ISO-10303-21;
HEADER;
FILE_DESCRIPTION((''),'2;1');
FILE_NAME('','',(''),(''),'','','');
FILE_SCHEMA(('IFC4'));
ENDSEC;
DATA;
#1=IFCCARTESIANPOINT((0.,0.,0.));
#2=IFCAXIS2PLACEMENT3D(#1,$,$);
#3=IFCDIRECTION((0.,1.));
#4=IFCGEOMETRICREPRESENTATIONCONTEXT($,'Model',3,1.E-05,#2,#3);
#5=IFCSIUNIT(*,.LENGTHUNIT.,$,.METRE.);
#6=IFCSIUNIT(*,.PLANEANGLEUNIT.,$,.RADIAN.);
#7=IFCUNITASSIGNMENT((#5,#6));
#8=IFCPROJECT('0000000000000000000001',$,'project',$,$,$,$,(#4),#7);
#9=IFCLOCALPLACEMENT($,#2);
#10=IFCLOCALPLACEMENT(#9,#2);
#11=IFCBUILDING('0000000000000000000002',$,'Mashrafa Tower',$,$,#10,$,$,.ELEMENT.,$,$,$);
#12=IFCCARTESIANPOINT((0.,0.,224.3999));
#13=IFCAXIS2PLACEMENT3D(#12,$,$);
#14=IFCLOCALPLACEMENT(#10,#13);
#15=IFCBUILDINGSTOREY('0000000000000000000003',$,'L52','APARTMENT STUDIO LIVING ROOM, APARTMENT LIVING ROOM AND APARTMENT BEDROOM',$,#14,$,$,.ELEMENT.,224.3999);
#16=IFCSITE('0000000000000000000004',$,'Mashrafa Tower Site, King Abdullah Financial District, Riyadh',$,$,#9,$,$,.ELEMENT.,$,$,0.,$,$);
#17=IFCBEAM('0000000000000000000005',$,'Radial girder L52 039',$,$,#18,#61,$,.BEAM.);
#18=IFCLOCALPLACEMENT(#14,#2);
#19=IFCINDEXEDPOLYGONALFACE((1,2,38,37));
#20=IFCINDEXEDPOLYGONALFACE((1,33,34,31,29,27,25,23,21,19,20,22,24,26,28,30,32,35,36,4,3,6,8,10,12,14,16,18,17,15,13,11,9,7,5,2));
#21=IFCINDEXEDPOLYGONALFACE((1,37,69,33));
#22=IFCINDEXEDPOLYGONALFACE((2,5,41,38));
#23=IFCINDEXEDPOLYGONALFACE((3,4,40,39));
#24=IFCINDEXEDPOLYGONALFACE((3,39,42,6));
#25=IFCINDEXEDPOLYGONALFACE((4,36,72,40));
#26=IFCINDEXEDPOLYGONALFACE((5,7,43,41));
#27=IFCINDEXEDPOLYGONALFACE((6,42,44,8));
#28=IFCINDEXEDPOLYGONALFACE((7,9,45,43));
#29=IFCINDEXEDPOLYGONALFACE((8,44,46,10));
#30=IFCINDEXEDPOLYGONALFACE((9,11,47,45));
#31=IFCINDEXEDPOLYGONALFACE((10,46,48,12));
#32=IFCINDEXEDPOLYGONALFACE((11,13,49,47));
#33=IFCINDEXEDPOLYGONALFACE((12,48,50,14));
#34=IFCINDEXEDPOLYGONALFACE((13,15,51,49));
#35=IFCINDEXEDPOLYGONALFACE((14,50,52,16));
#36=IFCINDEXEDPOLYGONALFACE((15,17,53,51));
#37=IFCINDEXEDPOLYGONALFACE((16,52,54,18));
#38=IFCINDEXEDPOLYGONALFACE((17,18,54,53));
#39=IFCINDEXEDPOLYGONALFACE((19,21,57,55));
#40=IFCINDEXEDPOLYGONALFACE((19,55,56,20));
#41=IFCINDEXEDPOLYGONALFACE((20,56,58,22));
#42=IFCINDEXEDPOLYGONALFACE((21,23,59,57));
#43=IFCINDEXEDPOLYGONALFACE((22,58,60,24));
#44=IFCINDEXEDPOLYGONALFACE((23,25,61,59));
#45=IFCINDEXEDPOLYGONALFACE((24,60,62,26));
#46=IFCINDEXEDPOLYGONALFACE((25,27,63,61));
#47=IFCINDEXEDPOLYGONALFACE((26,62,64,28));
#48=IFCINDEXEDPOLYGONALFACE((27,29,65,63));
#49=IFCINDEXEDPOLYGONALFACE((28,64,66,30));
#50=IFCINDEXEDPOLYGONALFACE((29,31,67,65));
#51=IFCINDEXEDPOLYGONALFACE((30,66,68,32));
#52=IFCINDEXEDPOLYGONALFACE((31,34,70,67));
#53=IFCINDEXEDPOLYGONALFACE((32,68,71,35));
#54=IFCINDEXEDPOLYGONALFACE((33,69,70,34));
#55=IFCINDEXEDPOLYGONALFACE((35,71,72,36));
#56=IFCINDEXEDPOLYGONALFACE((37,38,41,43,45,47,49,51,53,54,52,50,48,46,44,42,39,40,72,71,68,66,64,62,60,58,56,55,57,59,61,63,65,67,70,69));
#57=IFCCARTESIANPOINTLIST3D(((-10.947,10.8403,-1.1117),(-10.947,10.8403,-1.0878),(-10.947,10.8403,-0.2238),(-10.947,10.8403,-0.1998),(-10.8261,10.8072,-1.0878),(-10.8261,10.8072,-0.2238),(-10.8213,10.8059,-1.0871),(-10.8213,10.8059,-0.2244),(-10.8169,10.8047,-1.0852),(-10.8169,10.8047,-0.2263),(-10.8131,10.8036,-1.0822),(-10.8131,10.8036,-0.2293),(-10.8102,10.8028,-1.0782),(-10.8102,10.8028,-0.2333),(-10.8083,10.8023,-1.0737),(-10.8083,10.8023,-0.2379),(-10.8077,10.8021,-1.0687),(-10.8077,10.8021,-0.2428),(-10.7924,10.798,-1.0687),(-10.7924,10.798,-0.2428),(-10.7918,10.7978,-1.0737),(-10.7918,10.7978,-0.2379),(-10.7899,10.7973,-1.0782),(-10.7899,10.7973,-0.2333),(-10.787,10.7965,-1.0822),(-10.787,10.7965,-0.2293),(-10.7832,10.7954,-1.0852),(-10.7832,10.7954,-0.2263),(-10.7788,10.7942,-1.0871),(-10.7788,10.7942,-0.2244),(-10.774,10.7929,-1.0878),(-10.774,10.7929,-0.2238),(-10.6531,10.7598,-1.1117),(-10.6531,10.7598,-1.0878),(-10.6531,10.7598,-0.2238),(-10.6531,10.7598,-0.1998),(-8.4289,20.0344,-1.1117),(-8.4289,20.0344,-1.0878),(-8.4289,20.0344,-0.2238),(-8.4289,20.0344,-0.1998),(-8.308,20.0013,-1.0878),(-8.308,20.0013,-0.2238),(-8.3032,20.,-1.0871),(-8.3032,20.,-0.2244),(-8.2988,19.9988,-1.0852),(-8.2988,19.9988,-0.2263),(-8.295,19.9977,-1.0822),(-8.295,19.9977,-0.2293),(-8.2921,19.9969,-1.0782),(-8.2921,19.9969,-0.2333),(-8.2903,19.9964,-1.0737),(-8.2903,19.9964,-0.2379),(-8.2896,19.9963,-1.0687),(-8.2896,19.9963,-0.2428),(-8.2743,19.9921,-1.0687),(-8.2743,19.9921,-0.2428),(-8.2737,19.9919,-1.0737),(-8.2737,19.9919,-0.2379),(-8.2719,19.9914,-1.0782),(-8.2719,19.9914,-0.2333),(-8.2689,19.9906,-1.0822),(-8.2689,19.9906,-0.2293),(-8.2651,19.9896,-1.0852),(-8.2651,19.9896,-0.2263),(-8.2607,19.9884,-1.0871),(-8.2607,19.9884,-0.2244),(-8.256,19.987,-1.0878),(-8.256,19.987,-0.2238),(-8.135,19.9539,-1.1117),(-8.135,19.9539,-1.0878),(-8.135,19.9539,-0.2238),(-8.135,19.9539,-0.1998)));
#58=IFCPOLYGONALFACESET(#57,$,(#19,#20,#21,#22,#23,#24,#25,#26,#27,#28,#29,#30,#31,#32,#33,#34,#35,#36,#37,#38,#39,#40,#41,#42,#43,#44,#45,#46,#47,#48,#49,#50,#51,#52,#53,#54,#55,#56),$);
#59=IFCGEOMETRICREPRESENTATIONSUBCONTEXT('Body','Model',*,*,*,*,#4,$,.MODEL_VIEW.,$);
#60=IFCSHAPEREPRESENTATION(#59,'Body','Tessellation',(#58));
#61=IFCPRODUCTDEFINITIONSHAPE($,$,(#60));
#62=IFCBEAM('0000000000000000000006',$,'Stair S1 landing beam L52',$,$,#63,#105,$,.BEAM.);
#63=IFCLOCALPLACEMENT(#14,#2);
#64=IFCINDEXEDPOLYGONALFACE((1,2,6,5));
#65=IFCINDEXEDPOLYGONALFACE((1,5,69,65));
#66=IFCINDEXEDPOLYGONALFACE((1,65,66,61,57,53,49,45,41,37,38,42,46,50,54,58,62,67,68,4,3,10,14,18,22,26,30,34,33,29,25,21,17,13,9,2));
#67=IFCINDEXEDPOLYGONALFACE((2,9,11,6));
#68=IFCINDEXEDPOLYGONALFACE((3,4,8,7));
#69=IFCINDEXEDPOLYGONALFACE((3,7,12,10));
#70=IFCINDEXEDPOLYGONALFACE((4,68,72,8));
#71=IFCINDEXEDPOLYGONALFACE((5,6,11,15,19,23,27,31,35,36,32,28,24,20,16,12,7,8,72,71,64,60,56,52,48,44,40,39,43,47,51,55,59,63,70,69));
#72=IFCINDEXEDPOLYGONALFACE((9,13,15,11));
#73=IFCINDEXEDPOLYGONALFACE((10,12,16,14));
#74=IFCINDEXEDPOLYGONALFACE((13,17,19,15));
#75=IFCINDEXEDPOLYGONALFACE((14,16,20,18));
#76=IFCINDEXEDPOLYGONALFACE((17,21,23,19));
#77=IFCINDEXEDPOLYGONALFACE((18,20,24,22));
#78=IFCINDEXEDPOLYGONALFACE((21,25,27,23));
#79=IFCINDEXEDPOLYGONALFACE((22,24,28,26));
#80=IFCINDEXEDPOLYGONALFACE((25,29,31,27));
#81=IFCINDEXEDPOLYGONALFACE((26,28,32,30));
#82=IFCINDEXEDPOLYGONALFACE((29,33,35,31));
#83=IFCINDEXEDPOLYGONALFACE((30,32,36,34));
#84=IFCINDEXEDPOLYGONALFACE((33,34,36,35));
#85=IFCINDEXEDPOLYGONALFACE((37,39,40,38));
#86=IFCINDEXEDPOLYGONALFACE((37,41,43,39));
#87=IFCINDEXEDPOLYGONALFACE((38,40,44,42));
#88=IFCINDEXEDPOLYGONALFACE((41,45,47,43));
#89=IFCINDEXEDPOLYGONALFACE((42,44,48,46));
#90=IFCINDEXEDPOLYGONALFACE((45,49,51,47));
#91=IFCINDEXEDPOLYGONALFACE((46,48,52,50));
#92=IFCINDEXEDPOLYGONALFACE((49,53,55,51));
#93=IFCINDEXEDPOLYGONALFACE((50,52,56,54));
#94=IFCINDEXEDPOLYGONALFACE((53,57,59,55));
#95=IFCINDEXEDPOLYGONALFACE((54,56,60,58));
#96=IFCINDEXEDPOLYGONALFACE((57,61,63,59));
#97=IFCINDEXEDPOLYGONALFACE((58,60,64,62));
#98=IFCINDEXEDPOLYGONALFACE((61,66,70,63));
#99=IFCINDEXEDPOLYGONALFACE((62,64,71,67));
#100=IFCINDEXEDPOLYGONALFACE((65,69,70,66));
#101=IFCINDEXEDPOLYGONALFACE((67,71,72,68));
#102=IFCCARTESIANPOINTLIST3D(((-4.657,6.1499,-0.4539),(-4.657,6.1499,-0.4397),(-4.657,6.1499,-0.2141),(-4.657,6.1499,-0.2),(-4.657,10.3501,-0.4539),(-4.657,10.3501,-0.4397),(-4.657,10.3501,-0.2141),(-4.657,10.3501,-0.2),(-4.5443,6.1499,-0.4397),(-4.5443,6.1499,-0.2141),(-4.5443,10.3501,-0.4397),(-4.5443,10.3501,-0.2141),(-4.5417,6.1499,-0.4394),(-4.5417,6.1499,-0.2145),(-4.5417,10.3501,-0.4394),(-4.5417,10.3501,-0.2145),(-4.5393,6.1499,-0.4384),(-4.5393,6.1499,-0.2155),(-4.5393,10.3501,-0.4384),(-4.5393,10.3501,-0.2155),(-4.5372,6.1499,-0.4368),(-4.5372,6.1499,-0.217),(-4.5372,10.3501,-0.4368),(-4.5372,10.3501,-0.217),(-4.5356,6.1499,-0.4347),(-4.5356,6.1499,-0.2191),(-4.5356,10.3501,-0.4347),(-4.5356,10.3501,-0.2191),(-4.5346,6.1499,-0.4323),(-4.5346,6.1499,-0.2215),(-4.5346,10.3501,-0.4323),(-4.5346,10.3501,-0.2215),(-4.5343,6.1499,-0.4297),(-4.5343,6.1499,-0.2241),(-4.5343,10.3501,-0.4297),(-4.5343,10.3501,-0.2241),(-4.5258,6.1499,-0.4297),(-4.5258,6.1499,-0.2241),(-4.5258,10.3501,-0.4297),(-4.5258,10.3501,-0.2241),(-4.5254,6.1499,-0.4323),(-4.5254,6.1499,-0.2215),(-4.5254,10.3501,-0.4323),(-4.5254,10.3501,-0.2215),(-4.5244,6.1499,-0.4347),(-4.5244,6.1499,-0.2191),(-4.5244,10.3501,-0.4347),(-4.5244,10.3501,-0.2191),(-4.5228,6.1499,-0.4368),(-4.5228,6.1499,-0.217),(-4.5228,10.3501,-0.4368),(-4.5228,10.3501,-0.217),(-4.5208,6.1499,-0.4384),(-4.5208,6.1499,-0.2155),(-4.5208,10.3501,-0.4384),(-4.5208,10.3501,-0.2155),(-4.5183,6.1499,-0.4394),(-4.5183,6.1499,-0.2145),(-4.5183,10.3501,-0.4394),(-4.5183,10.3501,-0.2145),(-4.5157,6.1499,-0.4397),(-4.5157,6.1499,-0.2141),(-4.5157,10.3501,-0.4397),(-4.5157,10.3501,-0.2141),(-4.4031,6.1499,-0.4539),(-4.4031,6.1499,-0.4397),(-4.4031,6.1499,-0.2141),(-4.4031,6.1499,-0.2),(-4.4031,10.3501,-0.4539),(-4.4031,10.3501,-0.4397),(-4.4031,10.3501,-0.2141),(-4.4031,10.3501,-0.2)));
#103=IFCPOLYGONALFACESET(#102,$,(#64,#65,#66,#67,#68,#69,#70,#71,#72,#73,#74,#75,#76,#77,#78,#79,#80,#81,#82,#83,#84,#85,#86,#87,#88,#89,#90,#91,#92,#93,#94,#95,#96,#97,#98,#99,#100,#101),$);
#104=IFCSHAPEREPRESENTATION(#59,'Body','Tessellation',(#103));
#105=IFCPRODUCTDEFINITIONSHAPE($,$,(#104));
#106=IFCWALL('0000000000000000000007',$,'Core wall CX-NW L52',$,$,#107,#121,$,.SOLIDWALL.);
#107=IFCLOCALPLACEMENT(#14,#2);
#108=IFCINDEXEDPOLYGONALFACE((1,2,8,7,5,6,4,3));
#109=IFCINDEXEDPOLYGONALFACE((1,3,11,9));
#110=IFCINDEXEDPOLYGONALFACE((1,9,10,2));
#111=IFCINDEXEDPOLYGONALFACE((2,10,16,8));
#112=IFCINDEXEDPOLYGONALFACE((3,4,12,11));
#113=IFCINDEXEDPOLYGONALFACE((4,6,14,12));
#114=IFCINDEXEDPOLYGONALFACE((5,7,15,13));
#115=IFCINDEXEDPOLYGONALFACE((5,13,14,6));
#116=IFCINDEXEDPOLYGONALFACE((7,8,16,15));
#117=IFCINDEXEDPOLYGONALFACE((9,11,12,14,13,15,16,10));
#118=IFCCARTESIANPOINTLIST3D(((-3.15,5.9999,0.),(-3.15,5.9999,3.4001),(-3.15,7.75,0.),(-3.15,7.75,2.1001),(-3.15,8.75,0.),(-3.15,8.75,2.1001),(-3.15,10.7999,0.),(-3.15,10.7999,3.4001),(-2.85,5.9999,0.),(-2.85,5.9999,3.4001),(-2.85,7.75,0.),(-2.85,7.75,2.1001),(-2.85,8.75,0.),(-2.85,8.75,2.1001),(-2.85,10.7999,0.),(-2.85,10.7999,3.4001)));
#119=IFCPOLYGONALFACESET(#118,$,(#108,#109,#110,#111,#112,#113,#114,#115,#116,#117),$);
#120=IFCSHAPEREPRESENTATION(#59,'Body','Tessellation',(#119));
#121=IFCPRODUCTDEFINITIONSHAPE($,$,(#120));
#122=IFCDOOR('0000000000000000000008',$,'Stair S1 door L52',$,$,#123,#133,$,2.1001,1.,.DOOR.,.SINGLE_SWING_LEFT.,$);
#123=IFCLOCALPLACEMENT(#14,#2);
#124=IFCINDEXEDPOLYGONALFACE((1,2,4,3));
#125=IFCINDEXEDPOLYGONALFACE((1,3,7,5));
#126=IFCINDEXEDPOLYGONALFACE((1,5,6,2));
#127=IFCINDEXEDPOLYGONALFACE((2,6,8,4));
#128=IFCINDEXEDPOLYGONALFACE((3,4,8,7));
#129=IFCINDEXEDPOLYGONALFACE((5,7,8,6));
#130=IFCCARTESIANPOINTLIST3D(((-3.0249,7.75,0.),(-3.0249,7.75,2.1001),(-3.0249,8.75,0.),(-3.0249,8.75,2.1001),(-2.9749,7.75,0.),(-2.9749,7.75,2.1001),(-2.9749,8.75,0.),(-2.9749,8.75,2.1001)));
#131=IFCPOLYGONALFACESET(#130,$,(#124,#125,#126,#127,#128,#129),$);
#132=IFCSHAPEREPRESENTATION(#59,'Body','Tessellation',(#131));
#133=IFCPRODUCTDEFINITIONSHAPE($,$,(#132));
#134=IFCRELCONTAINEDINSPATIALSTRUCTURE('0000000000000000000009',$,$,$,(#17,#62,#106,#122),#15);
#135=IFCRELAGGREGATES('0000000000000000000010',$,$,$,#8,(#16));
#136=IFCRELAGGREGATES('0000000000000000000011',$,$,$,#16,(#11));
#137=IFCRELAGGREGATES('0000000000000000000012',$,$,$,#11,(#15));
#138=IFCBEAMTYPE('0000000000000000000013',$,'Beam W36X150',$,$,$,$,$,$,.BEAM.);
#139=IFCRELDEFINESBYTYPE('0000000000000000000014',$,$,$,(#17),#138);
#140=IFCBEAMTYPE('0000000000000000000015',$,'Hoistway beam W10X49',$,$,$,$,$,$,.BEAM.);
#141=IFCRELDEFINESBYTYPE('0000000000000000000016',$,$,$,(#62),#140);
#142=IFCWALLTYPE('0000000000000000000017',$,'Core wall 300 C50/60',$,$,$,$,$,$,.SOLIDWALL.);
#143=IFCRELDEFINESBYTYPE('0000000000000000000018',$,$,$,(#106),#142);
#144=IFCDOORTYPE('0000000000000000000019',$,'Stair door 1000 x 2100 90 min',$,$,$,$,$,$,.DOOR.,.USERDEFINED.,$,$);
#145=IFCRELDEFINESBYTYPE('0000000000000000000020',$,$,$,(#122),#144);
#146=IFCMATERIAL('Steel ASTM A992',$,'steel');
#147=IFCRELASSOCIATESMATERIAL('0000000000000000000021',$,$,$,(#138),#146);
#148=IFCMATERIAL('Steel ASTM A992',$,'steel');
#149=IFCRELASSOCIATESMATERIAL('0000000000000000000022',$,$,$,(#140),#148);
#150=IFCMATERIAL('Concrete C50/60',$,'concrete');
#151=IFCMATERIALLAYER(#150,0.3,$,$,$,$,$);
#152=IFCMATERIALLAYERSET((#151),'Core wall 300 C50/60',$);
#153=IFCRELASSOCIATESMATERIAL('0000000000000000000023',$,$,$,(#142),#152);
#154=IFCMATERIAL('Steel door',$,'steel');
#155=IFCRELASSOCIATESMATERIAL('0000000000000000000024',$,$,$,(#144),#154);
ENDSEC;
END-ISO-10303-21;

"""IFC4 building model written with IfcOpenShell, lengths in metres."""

from ifc_helpers import new_model, si_unit, direction, frame, frame_2d, origin, origin_2d, place, context, subcontext, project, spatial, rectangle, i_section, extrude, material, layer, layer_set, material_profile, profile_set, type_object, element, fill, save


model = new_model("IFC4")

# Units and contexts
model_context = context("Model", 3, precision=1e-05, world=origin(), true_north=direction((0.0, 1.0)))
body_context = subcontext(model_context, "Body", "Model", "MODEL_VIEW")
ifc_project = project(units=[si_unit("LENGTHUNIT", "METRE"), si_unit("PLANEANGLEUNIT", "RADIAN")], contexts=[model_context])

# Site, building, storey
site_placement = place(None, origin())
site = spatial("IfcSite", under=ifc_project, at=site_placement, Name="Mashrafa Tower Site, King Abdullah Financial District, Riyadh", CompositionType="ELEMENT", RefElevation=0.0)
building_placement = place(site_placement, origin())
building = spatial("IfcBuilding", under=site, at=building_placement, Name="Mashrafa Tower", CompositionType="ELEMENT")
storey_placement = place(building_placement, frame((0.0, 0.0, 224.3999)))
storey = spatial("IfcBuildingStorey", under=building, at=storey_placement, Name="L52", Description="APARTMENT STUDIO LIVING ROOM, APARTMENT LIVING ROOM AND APARTMENT BEDROOM", CompositionType="ELEMENT", Elevation=224.3999)

# Beams
ifc_material_1 = material(Name="Steel ASTM A992", Category="steel")
ifc_material_profile_1 = material_profile(ifc_material_1, i_section(OverallWidth=0.3047, OverallDepth=0.9119, WebThickness=0.0159, FlangeThickness=0.0239, FilletRadius=0.019, at=origin_2d()), Name="W36X150")
ifc_profile_set_1 = profile_set([ifc_material_profile_1], Name="Steel ASTM A992")
beam_type_1 = type_object("IfcBeamType", Name="Beam W36X150", PredefinedType="BEAM", material=ifc_profile_set_1)
for number, where, z_axis, x_axis, name in (
    (1, (-10.8, 10.8, -0.6558), (0.264151, 0.964481, 0.0), (-0.964481, 0.264151, 0.0), "Radial girder L52 039"),
):
    element("IfcBeam", number, at=place(storey_placement, frame(where, z_axis=z_axis, x_axis=x_axis)), inside=storey, type_object=beam_type_1, Name=name, PredefinedType="BEAM", context=body_context, shape_type="SweptSolid", body=[
        extrude(i_section(OverallWidth=0.3047, OverallDepth=0.9119, WebThickness=0.0159, FlangeThickness=0.0239, FilletRadius=0.019, at=origin_2d()), origin(), (0.0, 0.0, 1.0), 9.5327),
    ])
ifc_material_2 = material(Name="Steel ASTM A992", Category="steel")
ifc_material_profile_2 = material_profile(ifc_material_2, i_section(OverallWidth=0.2539, OverallDepth=0.2539, WebThickness=0.0085, FlangeThickness=0.0142, FilletRadius=0.01, at=origin_2d()), Name="W10X49")
ifc_profile_set_2 = profile_set([ifc_material_profile_2], Name="Steel ASTM A992")
beam_type_2 = type_object("IfcBeamType", Name="Hoistway beam W10X49", PredefinedType="BEAM", material=ifc_profile_set_2)
beam_1_placement = place(storey_placement, frame((-4.53, 6.1499, -0.3269), z_axis=(0.0, 1.0, 0.0), x_axis=(-1.0, 0.0, 0.0)))
element("IfcBeam", 2, at=beam_1_placement, inside=storey, type_object=beam_type_2, Name="Stair S1 landing beam L52", PredefinedType="BEAM", context=body_context, shape_type="SweptSolid", body=[
    extrude(i_section(OverallWidth=0.2539, OverallDepth=0.2539, WebThickness=0.0085, FlangeThickness=0.0142, FilletRadius=0.01, at=origin_2d()), origin(), (0.0, 0.0, 1.0), 4.2002),
])

# Wall, opening, door
ifc_material_3 = material(Name="Concrete C50/60", Category="concrete")
ifc_layer_1 = layer(ifc_material_3, 0.3)
ifc_layer_set_1 = layer_set([ifc_layer_1], Name="Core wall 300 C50/60")
wall_type_1 = type_object("IfcWallType", Name="Core wall 300 C50/60", PredefinedType="SOLIDWALL", material=ifc_layer_set_1)
wall_1_placement = place(storey_placement, frame((-3.0, 6.0, 0.0), z_axis=(0.0, 0.0, 1.0), x_axis=(0.0, 1.0, 0.0)))
wall_1 = element("IfcWall", 3, at=wall_1_placement, inside=storey, type_object=wall_type_1, Name="Core wall CX-NW L52", PredefinedType="SOLIDWALL", context=body_context, shape_type="SweptSolid", body=[
    extrude(rectangle(XDim=4.8, YDim=0.3, at=frame_2d((2.3999, 0.0))), origin(), (0.0, 0.0, 1.0), 3.4001),
])
opening_1_placement = place(wall_1_placement, frame((1.75, 0.0, 0.0)))
opening_1 = element("IfcOpeningElement", 4, at=opening_1_placement, cuts=wall_1, PredefinedType="OPENING", context=body_context, shape_type="SweptSolid", body=[
    extrude(rectangle(XDim=1.0, YDim=2.1001, at=frame_2d((0.5, 1.05))), frame((0.0, 0.1599, 0.0), z_axis=(0.0, -1.0, 0.0), x_axis=(1.0, 0.0, 0.0)), (0.0, 0.0, 1.0), 0.3201),
])
ifc_material_4 = material(Name="Steel door", Category="steel")
door_type_1 = type_object("IfcDoorType", Name="Stair door 1000 x 2100 90 min", OperationType="USERDEFINED", PredefinedType="DOOR", material=ifc_material_4)
door_1_placement = place(opening_1_placement, origin())
door_1 = element("IfcDoor", 5, at=door_1_placement, inside=storey, type_object=door_type_1, Name="Stair S1 door L52", OperationType="SINGLE_SWING_LEFT", OverallHeight=2.1001, OverallWidth=1.0, PredefinedType="DOOR", context=body_context, shape_type="SweptSolid", body=[
    extrude(rectangle(XDim=1.0, YDim=2.1001, at=frame_2d((0.5, 1.05))), frame((0.0, 0.0249, 0.0), z_axis=(0.0, -1.0, 0.0), x_axis=(1.0, 0.0, 0.0)), (0.0, 0.0, 1.0), 0.05),
])
fill(opening_1, door_1)

save(model, "model.ifc")
